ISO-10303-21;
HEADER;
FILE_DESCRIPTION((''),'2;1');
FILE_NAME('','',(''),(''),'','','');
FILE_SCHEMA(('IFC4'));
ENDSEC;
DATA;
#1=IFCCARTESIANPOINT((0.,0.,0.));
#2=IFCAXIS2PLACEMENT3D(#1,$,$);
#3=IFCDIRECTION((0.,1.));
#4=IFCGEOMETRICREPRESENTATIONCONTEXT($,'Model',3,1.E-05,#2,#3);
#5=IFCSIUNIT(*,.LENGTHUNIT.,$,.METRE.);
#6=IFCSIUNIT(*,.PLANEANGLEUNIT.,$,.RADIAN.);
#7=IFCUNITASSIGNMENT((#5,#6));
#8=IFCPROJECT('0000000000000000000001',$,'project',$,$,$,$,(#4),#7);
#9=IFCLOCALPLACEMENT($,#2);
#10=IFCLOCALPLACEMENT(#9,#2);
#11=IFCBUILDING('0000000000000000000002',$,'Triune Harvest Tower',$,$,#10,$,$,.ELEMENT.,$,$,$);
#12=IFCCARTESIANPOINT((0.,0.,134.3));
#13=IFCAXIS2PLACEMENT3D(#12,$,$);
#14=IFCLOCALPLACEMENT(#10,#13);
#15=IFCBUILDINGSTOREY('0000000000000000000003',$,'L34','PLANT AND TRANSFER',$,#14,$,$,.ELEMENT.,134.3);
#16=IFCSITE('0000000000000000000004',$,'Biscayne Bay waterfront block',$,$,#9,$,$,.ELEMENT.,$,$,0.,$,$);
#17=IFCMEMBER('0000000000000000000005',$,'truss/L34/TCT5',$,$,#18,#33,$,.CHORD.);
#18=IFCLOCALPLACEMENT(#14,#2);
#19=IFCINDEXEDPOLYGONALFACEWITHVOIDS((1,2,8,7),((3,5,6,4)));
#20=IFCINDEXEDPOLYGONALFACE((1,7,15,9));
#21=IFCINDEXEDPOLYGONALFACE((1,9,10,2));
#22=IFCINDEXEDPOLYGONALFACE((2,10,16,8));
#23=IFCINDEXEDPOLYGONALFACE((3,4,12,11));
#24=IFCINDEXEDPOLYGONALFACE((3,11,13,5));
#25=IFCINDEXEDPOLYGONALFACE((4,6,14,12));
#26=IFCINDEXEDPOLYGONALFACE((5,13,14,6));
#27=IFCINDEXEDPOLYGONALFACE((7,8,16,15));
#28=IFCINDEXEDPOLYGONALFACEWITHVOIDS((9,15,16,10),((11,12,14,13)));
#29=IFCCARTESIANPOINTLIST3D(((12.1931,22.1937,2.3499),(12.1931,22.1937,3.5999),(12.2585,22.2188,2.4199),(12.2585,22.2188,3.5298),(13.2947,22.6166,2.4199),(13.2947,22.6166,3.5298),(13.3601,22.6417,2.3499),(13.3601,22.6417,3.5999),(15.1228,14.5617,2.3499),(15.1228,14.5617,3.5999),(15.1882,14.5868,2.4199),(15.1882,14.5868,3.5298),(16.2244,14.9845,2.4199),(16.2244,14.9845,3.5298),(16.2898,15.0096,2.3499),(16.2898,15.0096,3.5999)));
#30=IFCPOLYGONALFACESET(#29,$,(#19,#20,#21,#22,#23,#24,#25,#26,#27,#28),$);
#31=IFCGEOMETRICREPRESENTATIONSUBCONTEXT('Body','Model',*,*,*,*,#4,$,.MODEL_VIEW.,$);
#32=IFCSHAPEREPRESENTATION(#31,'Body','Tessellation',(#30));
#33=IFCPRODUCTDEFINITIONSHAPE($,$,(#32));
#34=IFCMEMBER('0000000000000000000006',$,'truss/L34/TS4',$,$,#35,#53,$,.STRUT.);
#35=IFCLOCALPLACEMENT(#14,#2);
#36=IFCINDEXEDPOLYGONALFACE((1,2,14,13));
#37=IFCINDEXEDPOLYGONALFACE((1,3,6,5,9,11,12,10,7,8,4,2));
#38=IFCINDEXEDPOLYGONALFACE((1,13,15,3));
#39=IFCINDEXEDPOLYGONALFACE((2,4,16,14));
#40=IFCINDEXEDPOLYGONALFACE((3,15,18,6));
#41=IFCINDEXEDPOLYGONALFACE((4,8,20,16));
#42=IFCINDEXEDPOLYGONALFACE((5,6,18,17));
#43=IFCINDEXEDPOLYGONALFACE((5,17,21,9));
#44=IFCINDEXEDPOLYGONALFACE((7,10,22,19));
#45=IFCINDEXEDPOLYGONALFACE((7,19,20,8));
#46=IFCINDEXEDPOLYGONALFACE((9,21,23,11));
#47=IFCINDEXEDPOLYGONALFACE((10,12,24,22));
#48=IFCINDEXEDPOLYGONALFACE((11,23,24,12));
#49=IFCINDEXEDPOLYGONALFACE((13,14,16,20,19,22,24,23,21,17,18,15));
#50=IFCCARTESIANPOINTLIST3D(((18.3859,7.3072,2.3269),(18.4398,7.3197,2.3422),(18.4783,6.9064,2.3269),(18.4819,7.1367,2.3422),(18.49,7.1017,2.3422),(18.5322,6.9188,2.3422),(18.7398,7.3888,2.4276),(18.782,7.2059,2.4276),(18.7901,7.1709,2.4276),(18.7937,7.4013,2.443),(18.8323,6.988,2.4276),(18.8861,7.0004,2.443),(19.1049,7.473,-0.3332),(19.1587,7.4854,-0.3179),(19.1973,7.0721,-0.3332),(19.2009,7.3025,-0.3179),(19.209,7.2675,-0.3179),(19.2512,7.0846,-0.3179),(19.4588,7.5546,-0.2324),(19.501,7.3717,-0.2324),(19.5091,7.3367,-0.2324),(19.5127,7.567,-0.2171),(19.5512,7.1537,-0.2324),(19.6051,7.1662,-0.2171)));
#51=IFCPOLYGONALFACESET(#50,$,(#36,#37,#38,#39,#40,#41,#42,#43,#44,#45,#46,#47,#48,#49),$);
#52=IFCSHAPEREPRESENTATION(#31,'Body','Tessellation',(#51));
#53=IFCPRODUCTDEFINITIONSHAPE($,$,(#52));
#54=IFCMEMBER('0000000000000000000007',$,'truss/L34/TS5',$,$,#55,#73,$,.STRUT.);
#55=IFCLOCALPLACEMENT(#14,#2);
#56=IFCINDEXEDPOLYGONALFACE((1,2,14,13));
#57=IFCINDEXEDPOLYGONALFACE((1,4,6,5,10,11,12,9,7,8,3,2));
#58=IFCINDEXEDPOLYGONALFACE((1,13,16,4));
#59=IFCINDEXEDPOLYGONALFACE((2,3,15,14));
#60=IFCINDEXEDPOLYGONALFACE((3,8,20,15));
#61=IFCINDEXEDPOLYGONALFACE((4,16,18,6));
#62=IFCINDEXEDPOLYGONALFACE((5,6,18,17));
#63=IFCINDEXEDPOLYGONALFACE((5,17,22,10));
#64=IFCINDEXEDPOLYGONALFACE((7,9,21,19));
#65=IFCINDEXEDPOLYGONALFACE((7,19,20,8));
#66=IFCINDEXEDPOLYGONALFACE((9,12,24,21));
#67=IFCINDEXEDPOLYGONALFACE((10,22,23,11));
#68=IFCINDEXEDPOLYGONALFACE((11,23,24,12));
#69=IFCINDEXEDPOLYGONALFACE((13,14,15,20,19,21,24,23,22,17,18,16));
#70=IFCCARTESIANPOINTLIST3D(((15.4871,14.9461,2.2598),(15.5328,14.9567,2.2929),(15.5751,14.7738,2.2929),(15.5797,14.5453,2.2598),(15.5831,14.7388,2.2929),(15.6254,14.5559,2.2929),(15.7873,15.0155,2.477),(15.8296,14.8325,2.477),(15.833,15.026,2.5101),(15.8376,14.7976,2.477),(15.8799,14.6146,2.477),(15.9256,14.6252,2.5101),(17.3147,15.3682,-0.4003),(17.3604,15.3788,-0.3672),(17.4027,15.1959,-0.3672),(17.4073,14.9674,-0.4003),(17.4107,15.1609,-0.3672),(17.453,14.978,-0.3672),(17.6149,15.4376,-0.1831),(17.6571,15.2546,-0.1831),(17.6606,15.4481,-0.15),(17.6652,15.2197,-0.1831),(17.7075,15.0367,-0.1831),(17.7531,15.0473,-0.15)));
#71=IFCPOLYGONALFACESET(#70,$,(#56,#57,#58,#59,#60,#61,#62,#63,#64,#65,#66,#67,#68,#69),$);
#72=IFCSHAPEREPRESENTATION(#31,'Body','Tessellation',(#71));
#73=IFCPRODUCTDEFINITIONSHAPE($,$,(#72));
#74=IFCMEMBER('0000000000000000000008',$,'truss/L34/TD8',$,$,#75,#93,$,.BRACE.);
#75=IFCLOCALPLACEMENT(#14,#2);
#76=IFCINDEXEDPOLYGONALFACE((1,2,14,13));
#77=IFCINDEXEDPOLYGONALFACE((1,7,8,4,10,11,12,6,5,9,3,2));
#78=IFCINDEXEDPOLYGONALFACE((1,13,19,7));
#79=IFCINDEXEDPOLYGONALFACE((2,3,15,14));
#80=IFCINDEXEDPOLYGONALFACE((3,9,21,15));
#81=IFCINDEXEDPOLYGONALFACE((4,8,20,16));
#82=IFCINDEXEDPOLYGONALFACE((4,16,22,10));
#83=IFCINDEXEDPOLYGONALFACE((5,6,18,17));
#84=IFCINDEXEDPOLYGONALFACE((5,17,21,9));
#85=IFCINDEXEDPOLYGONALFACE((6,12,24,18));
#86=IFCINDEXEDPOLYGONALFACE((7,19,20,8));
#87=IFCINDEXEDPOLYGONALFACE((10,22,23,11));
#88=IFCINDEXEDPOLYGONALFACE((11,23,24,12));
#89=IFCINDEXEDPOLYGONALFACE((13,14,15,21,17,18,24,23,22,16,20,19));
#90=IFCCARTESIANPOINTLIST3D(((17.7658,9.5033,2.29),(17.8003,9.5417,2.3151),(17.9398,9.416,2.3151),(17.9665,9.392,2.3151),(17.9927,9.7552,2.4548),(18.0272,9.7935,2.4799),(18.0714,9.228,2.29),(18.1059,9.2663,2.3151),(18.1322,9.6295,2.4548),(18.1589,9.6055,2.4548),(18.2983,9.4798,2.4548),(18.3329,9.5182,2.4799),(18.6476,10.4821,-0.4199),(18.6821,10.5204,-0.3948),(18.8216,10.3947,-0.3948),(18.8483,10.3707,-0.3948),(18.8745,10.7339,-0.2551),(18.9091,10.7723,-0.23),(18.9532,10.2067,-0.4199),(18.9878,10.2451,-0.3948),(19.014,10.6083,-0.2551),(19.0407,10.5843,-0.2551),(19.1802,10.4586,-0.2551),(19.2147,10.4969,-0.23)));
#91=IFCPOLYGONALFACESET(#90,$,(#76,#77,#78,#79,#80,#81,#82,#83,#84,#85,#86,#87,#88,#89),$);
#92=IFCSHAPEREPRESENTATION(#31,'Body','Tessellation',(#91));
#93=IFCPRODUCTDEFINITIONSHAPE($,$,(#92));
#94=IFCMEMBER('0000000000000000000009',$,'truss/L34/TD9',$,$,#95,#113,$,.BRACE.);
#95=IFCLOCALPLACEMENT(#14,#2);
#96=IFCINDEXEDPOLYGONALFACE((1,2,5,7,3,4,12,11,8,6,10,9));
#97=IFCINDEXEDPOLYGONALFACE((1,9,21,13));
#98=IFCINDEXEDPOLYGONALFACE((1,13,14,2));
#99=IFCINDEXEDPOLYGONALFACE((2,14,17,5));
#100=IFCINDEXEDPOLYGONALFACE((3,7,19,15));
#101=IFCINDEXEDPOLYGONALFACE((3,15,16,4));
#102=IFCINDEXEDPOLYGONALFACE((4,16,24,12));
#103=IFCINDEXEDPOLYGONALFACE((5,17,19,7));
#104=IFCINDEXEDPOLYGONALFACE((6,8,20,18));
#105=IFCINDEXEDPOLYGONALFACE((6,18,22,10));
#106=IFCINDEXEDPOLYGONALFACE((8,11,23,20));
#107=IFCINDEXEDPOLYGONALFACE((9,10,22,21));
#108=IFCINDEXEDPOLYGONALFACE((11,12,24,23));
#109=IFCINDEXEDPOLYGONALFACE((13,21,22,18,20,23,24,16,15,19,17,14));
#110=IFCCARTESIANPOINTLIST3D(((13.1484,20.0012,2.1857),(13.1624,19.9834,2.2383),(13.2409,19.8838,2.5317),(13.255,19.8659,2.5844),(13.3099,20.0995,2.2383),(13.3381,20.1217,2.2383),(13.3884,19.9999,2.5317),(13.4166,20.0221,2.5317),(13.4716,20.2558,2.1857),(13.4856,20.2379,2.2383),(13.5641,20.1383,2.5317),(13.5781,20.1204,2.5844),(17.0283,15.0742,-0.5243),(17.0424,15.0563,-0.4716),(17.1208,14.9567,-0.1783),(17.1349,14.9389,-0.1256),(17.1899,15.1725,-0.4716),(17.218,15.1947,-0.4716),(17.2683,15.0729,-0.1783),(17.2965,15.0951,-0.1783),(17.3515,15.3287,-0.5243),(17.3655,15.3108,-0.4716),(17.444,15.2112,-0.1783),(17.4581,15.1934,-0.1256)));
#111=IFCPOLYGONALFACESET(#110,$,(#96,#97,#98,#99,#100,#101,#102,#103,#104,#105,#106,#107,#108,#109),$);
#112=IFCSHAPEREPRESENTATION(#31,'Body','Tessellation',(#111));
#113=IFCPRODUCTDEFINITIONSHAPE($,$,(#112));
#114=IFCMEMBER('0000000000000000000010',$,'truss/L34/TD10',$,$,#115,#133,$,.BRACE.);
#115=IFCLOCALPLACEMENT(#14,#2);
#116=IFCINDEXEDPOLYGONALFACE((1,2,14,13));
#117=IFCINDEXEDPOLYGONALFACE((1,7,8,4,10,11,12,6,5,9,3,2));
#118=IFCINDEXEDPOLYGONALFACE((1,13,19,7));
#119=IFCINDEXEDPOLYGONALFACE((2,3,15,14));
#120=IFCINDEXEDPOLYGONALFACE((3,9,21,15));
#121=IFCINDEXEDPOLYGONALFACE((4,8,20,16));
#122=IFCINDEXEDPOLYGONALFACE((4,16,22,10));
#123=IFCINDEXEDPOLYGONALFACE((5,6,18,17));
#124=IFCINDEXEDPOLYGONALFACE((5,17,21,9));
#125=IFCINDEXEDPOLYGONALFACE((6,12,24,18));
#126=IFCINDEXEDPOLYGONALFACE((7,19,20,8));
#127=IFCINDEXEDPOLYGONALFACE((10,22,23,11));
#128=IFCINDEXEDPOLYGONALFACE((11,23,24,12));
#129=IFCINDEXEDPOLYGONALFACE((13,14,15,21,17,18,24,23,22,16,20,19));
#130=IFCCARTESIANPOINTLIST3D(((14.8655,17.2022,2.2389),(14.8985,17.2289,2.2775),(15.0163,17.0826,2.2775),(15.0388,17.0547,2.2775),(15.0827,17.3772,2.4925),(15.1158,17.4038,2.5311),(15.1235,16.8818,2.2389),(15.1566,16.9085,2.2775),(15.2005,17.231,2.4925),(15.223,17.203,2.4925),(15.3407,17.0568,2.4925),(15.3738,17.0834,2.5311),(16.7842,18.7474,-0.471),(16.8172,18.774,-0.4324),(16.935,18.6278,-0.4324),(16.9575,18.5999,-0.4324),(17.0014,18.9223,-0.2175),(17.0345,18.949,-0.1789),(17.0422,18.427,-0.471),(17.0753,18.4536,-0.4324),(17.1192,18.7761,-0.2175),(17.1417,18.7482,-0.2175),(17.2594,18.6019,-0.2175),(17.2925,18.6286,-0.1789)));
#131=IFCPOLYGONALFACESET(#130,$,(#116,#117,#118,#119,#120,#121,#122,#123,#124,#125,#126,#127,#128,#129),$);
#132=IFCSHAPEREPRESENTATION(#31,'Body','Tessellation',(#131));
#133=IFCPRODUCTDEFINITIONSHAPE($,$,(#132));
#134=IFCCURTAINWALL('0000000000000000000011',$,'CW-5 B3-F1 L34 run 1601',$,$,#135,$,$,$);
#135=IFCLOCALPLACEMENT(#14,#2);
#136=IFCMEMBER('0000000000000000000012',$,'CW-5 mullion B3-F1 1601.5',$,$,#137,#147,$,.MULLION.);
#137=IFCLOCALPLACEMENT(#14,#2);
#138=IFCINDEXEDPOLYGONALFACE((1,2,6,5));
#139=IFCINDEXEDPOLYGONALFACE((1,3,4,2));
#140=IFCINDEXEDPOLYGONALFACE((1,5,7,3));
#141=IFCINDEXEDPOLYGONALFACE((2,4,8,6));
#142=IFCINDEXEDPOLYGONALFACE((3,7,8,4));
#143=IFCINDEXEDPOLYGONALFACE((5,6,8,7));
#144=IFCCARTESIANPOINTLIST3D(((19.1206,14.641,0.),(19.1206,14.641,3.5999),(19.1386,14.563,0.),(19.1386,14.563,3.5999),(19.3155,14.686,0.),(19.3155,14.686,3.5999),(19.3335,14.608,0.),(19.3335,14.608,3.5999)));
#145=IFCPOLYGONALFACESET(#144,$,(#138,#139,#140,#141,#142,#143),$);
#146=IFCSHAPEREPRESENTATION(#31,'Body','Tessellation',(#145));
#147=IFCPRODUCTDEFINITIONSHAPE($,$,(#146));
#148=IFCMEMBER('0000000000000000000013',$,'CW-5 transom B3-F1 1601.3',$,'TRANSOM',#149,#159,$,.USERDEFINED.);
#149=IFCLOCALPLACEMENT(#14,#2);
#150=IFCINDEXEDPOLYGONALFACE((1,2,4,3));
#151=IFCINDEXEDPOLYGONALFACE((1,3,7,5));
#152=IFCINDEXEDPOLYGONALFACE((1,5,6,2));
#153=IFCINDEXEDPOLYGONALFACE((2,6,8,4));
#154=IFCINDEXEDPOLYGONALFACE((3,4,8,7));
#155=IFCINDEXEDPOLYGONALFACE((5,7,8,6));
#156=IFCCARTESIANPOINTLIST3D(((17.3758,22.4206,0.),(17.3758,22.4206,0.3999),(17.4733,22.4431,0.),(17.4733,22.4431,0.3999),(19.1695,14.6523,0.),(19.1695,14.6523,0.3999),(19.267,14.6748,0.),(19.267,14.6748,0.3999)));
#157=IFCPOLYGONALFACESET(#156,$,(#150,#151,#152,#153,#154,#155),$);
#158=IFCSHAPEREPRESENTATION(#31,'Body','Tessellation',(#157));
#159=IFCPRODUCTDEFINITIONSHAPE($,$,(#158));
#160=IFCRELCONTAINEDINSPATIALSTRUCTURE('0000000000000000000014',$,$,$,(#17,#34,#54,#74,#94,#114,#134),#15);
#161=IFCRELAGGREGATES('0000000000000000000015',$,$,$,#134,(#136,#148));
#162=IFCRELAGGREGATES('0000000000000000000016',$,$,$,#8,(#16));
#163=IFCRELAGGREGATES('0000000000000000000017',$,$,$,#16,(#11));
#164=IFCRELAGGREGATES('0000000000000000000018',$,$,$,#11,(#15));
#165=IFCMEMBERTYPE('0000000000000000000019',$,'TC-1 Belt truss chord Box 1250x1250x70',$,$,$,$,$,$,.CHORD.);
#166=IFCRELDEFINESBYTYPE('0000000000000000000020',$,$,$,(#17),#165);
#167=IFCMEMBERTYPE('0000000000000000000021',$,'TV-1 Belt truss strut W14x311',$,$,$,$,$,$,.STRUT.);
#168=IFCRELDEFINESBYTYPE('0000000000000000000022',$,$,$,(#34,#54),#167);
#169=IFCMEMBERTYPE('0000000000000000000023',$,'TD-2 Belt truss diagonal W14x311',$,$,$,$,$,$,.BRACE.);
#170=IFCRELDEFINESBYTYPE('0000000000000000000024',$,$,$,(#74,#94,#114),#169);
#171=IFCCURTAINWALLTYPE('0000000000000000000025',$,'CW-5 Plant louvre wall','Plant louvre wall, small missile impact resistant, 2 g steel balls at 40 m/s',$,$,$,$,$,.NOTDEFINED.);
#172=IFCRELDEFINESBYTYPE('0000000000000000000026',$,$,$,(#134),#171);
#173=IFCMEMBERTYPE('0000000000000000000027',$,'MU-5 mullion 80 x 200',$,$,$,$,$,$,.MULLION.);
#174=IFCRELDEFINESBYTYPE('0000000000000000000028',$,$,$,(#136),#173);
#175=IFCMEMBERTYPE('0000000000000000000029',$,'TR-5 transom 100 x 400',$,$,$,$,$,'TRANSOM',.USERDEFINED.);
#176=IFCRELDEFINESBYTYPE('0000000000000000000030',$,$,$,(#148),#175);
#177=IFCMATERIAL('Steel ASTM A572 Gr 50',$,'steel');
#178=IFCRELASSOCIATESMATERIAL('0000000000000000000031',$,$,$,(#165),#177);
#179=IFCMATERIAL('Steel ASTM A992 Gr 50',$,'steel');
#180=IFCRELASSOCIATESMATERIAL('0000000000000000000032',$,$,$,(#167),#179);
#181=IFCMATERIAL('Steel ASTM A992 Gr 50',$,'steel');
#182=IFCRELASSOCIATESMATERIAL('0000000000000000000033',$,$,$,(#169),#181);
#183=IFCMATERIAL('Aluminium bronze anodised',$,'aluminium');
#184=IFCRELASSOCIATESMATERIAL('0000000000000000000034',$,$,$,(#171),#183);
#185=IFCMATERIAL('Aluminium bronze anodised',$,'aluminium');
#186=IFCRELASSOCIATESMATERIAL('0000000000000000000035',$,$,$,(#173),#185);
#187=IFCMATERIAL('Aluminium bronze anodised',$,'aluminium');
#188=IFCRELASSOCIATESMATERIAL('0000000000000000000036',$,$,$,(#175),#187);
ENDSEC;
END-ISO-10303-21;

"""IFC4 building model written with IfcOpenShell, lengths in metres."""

from ifc_helpers import new_model, si_unit, direction, frame, origin, origin_2d, place, context, subcontext, project, spatial, rectangle, hollow_rectangle, i_section, extrude, source, transform, mapped, material, material_profile, profile_set, type_object, element, aggregate, save


model = new_model("IFC4")

# Units and contexts
model_context = context("Model", 3, precision=1e-05, world=origin(), true_north=direction((0.0, 1.0)))
body_context = subcontext(model_context, "Body", "Model", "MODEL_VIEW")
ifc_project = project(units=[si_unit("LENGTHUNIT", "METRE"), si_unit("PLANEANGLEUNIT", "RADIAN")], contexts=[model_context])

# Site, building, storey
site_placement = place(None, origin())
site = spatial("IfcSite", under=ifc_project, at=site_placement, Name="Biscayne Bay waterfront block", CompositionType="ELEMENT", RefElevation=0.0)
building_placement = place(site_placement, origin())
building = spatial("IfcBuilding", under=site, at=building_placement, Name="Triune Harvest Tower", CompositionType="ELEMENT")
storey_placement = place(building_placement, frame((0.0, 0.0, 134.3)))
storey = spatial("IfcBuildingStorey", under=building, at=storey_placement, Name="L34", Description="PLANT AND TRANSFER", CompositionType="ELEMENT", Elevation=134.3)

# Members
ifc_material_1 = material(Name="Steel ASTM A572 Gr 50", Category="steel")
ifc_material_profile_1 = material_profile(ifc_material_1, hollow_rectangle(XDim=1.25, YDim=1.25, WallThickness=0.0701, at=origin_2d()), Name="Box 1250x1250x70")
ifc_profile_set_1 = profile_set([ifc_material_profile_1], Name="Steel ASTM A572 Gr 50")
member_type_1 = type_object("IfcMemberType", Name="TC-1 Belt truss chord Box 1250x1250x70", PredefinedType="CHORD", material=ifc_profile_set_1)
shared_shape_1 = source(origin(), body_context, "Body", "SweptSolid", [
    extrude(hollow_rectangle(XDim=1.25, YDim=1.25, WallThickness=0.0701, at=origin_2d()), origin(), (0.0, 0.0, 1.0), 8.175),
])
member_1_placement = place(storey_placement, frame((15.7063, 14.7856, 2.9749), z_axis=(-0.358369, 0.93358, 0.0), x_axis=(-0.93358, -0.358369, 0.0)))
element("IfcMember", 1, at=member_1_placement, inside=storey, type_object=member_type_1, Name="truss/L34/TCT5", PredefinedType="CHORD", context=body_context, shape_type="MappedRepresentation", body=[
    mapped(shared_shape_1, transform((0.0, 0.0, 0.0), scale=1.0)),
])
ifc_material_2 = material(Name="Steel ASTM A992 Gr 50", Category="steel")
ifc_material_profile_2 = material_profile(ifc_material_2, i_section(OverallWidth=0.4114, OverallDepth=0.4343, WebThickness=0.0359, FlangeThickness=0.0574, at=origin_2d()), Name="W14x311")
ifc_profile_set_2 = profile_set([ifc_material_profile_2], Name="Steel ASTM A992 Gr 50")
member_type_2 = type_object("IfcMemberType", Name="TV-1 Belt truss strut W14x311", PredefinedType="STRUT", material=ifc_profile_set_2)
shared_shape_2 = source(origin(), body_context, "Body", "SweptSolid", [
    extrude(i_section(OverallWidth=0.4114, OverallDepth=0.4343, WebThickness=0.0359, FlangeThickness=0.0574, at=origin_2d()), origin(), (0.0, 0.0, 1.0), 2.7605),
])
member_2_placement = place(storey_placement, frame((19.355, 7.3196, -0.2751), z_axis=(-0.260449, -0.060049, 0.963618), x_axis=(0.224666, -0.974436, 0.0)))
element("IfcMember", 2, at=member_2_placement, inside=storey, type_object=member_type_2, Name="truss/L34/TS4", PredefinedType="STRUT", context=body_context, shape_type="MappedRepresentation", body=[
    mapped(shared_shape_2, transform((0.0, 0.0, 0.0), scale=1.0)),
])
shared_shape_3 = source(origin(), body_context, "Body", "SweptSolid", [
    extrude(i_section(OverallWidth=0.4114, OverallDepth=0.4343, WebThickness=0.0359, FlangeThickness=0.0574, at=origin_2d()), origin(), (0.0, 0.0, 1.0), 3.2549),
])
member_3_placement = place(storey_placement, frame((17.5339, 15.2078, -0.2751), z_axis=(-0.56149, -0.129684, 0.817258), x_axis=(0.22504, -0.974349, 0.0)))
element("IfcMember", 3, at=member_3_placement, inside=storey, type_object=member_type_2, Name="truss/L34/TS5", PredefinedType="STRUT", context=body_context, shape_type="MappedRepresentation", body=[
    mapped(shared_shape_3, transform((0.0, 0.0, 0.0), scale=1.0)),
])
ifc_material_3 = material(Name="Steel ASTM A992 Gr 50", Category="steel")
ifc_material_profile_3 = material_profile(ifc_material_3, i_section(OverallWidth=0.4114, OverallDepth=0.4343, WebThickness=0.0359, FlangeThickness=0.0574, at=origin_2d()), Name="W14x311")
ifc_profile_set_3 = profile_set([ifc_material_profile_3], Name="Steel ASTM A992 Gr 50")
member_type_3 = type_object("IfcMemberType", Name="TD-2 Belt truss diagonal W14x311", PredefinedType="BRACE", material=ifc_profile_set_3)
shared_shape_4 = source(origin(), body_context, "Body", "SweptSolid", [
    extrude(i_section(OverallWidth=0.4114, OverallDepth=0.4343, WebThickness=0.0359, FlangeThickness=0.0574, at=origin_2d()), origin(), (0.0, 0.0, 1.0), 3.0132),
])
member_4_placement = place(storey_placement, frame((18.9312, 10.4895, -0.325), z_axis=(-0.292656, -0.324822, 0.899357), x_axis=(0.742935, -0.669364, 0.0)))
element("IfcMember", 4, at=member_4_placement, inside=storey, type_object=member_type_3, Name="truss/L34/TD8", PredefinedType="BRACE", context=body_context, shape_type="MappedRepresentation", body=[
    mapped(shared_shape_4, transform((0.0, 0.0, 0.0), scale=1.0)),
])
shared_shape_5 = source(origin(), body_context, "Body", "SweptSolid", [
    extrude(i_section(OverallWidth=0.4114, OverallDepth=0.4343, WebThickness=0.0359, FlangeThickness=0.0574, at=origin_2d()), origin(), (0.0, 0.0, 1.0), 6.8318),
])
member_5_placement = place(storey_placement, frame((17.2432, 15.1338, -0.325), z_axis=(-0.56792, 0.721192, 0.396672), x_axis=(-0.785646, -0.618676, 0.0)))
element("IfcMember", 5, at=member_5_placement, inside=storey, type_object=member_type_3, Name="truss/L34/TD9", PredefinedType="BRACE", context=body_context, shape_type="MappedRepresentation", body=[
    mapped(shared_shape_5, transform((0.0, 0.0, 0.0), scale=1.0)),
])
shared_shape_6 = source(origin(), body_context, "Body", "SweptSolid", [
    extrude(i_section(OverallWidth=0.4114, OverallDepth=0.4343, WebThickness=0.0359, FlangeThickness=0.0574, at=origin_2d()), origin(), (0.0, 0.0, 1.0), 3.6624),
])
member_6_placement = place(storey_placement, frame((17.0383, 18.688, -0.325), z_axis=(-0.523898, -0.421905, 0.73995), x_axis=(0.627218, -0.778844, 0.0)))
element("IfcMember", 6, at=member_6_placement, inside=storey, type_object=member_type_3, Name="truss/L34/TD10", PredefinedType="BRACE", context=body_context, shape_type="MappedRepresentation", body=[
    mapped(shared_shape_6, transform((0.0, 0.0, 0.0), scale=1.0)),
])

# Curtain wall, members
ifc_material_4 = material(Name="Aluminium bronze anodised", Category="aluminium")
curtain_wall_type = type_object("IfcCurtainWallType", Name="CW-5 Plant louvre wall", Description="Plant louvre wall, small missile impact resistant, 2 g steel balls at 40 m/s", PredefinedType="NOTDEFINED", material=ifc_material_4)
curtain_wall_placement = place(storey_placement, origin())
curtain_wall = element("IfcCurtainWall", 7, at=curtain_wall_placement, inside=storey, type_object=curtain_wall_type, Name="CW-5 B3-F1 L34 run 1601")
ifc_material_5 = material(Name="Aluminium bronze anodised", Category="aluminium")
ifc_material_profile_4 = material_profile(ifc_material_5, rectangle(XDim=0.2, YDim=0.0801, at=origin_2d()), Name="MU-5 mullion 80 x 200")
ifc_profile_set_4 = profile_set([ifc_material_profile_4], Name="Aluminium bronze anodised")
member_type_4 = type_object("IfcMemberType", Name="MU-5 mullion 80 x 200", PredefinedType="MULLION", material=ifc_profile_set_4)
shared_shape_7 = source(origin(), body_context, "Body", "SweptSolid", [
    extrude(rectangle(XDim=0.2, YDim=0.0801, at=origin_2d()), origin(), (0.0, 0.0, 1.0), 3.5999),
])
member_7_placement = place(storey_placement, frame((19.2271, 14.6245, 0.0), z_axis=(0.0, 0.0, 1.0), x_axis=(-0.97437, -0.224951, 0.0)))
member_7 = element("IfcMember", 8, at=member_7_placement, type_object=member_type_4, Name="CW-5 mullion B3-F1 1601.5", PredefinedType="MULLION", context=body_context, shape_type="MappedRepresentation", body=[
    mapped(shared_shape_7, transform((0.0, 0.0, 0.0), scale=1.0)),
])
ifc_material_6 = material(Name="Aluminium bronze anodised", Category="aluminium")
ifc_material_profile_5 = material_profile(ifc_material_6, rectangle(XDim=0.1001, YDim=0.3999, at=origin_2d()), Name="TR-5 transom 100 x 400")
ifc_profile_set_5 = profile_set([ifc_material_profile_5], Name="Aluminium bronze anodised")
member_type_5 = type_object("IfcMemberType", Name="TR-5 transom 100 x 400", ElementType="TRANSOM", PredefinedType="USERDEFINED", material=ifc_profile_set_5)
shared_shape_8 = source(origin(), body_context, "Body", "SweptSolid", [
    extrude(rectangle(XDim=0.1001, YDim=0.3999, at=origin_2d()), origin(), (0.0, 0.0, 1.0), 7.9727),
])
member_8_placement = place(storey_placement, frame((19.2183, 14.6636, 0.2), z_axis=(-0.22498, 0.974363, 0.0), x_axis=(-0.974363, -0.22498, 0.0)))
member_8 = element("IfcMember", 9, at=member_8_placement, type_object=member_type_5, Name="CW-5 transom B3-F1 1601.3", ObjectType="TRANSOM", PredefinedType="USERDEFINED", context=body_context, shape_type="MappedRepresentation", body=[
    mapped(shared_shape_8, transform((0.0, 0.0, 0.0), scale=1.0)),
])
aggregate(curtain_wall, [member_7, member_8])

save(model, "model.ifc")
